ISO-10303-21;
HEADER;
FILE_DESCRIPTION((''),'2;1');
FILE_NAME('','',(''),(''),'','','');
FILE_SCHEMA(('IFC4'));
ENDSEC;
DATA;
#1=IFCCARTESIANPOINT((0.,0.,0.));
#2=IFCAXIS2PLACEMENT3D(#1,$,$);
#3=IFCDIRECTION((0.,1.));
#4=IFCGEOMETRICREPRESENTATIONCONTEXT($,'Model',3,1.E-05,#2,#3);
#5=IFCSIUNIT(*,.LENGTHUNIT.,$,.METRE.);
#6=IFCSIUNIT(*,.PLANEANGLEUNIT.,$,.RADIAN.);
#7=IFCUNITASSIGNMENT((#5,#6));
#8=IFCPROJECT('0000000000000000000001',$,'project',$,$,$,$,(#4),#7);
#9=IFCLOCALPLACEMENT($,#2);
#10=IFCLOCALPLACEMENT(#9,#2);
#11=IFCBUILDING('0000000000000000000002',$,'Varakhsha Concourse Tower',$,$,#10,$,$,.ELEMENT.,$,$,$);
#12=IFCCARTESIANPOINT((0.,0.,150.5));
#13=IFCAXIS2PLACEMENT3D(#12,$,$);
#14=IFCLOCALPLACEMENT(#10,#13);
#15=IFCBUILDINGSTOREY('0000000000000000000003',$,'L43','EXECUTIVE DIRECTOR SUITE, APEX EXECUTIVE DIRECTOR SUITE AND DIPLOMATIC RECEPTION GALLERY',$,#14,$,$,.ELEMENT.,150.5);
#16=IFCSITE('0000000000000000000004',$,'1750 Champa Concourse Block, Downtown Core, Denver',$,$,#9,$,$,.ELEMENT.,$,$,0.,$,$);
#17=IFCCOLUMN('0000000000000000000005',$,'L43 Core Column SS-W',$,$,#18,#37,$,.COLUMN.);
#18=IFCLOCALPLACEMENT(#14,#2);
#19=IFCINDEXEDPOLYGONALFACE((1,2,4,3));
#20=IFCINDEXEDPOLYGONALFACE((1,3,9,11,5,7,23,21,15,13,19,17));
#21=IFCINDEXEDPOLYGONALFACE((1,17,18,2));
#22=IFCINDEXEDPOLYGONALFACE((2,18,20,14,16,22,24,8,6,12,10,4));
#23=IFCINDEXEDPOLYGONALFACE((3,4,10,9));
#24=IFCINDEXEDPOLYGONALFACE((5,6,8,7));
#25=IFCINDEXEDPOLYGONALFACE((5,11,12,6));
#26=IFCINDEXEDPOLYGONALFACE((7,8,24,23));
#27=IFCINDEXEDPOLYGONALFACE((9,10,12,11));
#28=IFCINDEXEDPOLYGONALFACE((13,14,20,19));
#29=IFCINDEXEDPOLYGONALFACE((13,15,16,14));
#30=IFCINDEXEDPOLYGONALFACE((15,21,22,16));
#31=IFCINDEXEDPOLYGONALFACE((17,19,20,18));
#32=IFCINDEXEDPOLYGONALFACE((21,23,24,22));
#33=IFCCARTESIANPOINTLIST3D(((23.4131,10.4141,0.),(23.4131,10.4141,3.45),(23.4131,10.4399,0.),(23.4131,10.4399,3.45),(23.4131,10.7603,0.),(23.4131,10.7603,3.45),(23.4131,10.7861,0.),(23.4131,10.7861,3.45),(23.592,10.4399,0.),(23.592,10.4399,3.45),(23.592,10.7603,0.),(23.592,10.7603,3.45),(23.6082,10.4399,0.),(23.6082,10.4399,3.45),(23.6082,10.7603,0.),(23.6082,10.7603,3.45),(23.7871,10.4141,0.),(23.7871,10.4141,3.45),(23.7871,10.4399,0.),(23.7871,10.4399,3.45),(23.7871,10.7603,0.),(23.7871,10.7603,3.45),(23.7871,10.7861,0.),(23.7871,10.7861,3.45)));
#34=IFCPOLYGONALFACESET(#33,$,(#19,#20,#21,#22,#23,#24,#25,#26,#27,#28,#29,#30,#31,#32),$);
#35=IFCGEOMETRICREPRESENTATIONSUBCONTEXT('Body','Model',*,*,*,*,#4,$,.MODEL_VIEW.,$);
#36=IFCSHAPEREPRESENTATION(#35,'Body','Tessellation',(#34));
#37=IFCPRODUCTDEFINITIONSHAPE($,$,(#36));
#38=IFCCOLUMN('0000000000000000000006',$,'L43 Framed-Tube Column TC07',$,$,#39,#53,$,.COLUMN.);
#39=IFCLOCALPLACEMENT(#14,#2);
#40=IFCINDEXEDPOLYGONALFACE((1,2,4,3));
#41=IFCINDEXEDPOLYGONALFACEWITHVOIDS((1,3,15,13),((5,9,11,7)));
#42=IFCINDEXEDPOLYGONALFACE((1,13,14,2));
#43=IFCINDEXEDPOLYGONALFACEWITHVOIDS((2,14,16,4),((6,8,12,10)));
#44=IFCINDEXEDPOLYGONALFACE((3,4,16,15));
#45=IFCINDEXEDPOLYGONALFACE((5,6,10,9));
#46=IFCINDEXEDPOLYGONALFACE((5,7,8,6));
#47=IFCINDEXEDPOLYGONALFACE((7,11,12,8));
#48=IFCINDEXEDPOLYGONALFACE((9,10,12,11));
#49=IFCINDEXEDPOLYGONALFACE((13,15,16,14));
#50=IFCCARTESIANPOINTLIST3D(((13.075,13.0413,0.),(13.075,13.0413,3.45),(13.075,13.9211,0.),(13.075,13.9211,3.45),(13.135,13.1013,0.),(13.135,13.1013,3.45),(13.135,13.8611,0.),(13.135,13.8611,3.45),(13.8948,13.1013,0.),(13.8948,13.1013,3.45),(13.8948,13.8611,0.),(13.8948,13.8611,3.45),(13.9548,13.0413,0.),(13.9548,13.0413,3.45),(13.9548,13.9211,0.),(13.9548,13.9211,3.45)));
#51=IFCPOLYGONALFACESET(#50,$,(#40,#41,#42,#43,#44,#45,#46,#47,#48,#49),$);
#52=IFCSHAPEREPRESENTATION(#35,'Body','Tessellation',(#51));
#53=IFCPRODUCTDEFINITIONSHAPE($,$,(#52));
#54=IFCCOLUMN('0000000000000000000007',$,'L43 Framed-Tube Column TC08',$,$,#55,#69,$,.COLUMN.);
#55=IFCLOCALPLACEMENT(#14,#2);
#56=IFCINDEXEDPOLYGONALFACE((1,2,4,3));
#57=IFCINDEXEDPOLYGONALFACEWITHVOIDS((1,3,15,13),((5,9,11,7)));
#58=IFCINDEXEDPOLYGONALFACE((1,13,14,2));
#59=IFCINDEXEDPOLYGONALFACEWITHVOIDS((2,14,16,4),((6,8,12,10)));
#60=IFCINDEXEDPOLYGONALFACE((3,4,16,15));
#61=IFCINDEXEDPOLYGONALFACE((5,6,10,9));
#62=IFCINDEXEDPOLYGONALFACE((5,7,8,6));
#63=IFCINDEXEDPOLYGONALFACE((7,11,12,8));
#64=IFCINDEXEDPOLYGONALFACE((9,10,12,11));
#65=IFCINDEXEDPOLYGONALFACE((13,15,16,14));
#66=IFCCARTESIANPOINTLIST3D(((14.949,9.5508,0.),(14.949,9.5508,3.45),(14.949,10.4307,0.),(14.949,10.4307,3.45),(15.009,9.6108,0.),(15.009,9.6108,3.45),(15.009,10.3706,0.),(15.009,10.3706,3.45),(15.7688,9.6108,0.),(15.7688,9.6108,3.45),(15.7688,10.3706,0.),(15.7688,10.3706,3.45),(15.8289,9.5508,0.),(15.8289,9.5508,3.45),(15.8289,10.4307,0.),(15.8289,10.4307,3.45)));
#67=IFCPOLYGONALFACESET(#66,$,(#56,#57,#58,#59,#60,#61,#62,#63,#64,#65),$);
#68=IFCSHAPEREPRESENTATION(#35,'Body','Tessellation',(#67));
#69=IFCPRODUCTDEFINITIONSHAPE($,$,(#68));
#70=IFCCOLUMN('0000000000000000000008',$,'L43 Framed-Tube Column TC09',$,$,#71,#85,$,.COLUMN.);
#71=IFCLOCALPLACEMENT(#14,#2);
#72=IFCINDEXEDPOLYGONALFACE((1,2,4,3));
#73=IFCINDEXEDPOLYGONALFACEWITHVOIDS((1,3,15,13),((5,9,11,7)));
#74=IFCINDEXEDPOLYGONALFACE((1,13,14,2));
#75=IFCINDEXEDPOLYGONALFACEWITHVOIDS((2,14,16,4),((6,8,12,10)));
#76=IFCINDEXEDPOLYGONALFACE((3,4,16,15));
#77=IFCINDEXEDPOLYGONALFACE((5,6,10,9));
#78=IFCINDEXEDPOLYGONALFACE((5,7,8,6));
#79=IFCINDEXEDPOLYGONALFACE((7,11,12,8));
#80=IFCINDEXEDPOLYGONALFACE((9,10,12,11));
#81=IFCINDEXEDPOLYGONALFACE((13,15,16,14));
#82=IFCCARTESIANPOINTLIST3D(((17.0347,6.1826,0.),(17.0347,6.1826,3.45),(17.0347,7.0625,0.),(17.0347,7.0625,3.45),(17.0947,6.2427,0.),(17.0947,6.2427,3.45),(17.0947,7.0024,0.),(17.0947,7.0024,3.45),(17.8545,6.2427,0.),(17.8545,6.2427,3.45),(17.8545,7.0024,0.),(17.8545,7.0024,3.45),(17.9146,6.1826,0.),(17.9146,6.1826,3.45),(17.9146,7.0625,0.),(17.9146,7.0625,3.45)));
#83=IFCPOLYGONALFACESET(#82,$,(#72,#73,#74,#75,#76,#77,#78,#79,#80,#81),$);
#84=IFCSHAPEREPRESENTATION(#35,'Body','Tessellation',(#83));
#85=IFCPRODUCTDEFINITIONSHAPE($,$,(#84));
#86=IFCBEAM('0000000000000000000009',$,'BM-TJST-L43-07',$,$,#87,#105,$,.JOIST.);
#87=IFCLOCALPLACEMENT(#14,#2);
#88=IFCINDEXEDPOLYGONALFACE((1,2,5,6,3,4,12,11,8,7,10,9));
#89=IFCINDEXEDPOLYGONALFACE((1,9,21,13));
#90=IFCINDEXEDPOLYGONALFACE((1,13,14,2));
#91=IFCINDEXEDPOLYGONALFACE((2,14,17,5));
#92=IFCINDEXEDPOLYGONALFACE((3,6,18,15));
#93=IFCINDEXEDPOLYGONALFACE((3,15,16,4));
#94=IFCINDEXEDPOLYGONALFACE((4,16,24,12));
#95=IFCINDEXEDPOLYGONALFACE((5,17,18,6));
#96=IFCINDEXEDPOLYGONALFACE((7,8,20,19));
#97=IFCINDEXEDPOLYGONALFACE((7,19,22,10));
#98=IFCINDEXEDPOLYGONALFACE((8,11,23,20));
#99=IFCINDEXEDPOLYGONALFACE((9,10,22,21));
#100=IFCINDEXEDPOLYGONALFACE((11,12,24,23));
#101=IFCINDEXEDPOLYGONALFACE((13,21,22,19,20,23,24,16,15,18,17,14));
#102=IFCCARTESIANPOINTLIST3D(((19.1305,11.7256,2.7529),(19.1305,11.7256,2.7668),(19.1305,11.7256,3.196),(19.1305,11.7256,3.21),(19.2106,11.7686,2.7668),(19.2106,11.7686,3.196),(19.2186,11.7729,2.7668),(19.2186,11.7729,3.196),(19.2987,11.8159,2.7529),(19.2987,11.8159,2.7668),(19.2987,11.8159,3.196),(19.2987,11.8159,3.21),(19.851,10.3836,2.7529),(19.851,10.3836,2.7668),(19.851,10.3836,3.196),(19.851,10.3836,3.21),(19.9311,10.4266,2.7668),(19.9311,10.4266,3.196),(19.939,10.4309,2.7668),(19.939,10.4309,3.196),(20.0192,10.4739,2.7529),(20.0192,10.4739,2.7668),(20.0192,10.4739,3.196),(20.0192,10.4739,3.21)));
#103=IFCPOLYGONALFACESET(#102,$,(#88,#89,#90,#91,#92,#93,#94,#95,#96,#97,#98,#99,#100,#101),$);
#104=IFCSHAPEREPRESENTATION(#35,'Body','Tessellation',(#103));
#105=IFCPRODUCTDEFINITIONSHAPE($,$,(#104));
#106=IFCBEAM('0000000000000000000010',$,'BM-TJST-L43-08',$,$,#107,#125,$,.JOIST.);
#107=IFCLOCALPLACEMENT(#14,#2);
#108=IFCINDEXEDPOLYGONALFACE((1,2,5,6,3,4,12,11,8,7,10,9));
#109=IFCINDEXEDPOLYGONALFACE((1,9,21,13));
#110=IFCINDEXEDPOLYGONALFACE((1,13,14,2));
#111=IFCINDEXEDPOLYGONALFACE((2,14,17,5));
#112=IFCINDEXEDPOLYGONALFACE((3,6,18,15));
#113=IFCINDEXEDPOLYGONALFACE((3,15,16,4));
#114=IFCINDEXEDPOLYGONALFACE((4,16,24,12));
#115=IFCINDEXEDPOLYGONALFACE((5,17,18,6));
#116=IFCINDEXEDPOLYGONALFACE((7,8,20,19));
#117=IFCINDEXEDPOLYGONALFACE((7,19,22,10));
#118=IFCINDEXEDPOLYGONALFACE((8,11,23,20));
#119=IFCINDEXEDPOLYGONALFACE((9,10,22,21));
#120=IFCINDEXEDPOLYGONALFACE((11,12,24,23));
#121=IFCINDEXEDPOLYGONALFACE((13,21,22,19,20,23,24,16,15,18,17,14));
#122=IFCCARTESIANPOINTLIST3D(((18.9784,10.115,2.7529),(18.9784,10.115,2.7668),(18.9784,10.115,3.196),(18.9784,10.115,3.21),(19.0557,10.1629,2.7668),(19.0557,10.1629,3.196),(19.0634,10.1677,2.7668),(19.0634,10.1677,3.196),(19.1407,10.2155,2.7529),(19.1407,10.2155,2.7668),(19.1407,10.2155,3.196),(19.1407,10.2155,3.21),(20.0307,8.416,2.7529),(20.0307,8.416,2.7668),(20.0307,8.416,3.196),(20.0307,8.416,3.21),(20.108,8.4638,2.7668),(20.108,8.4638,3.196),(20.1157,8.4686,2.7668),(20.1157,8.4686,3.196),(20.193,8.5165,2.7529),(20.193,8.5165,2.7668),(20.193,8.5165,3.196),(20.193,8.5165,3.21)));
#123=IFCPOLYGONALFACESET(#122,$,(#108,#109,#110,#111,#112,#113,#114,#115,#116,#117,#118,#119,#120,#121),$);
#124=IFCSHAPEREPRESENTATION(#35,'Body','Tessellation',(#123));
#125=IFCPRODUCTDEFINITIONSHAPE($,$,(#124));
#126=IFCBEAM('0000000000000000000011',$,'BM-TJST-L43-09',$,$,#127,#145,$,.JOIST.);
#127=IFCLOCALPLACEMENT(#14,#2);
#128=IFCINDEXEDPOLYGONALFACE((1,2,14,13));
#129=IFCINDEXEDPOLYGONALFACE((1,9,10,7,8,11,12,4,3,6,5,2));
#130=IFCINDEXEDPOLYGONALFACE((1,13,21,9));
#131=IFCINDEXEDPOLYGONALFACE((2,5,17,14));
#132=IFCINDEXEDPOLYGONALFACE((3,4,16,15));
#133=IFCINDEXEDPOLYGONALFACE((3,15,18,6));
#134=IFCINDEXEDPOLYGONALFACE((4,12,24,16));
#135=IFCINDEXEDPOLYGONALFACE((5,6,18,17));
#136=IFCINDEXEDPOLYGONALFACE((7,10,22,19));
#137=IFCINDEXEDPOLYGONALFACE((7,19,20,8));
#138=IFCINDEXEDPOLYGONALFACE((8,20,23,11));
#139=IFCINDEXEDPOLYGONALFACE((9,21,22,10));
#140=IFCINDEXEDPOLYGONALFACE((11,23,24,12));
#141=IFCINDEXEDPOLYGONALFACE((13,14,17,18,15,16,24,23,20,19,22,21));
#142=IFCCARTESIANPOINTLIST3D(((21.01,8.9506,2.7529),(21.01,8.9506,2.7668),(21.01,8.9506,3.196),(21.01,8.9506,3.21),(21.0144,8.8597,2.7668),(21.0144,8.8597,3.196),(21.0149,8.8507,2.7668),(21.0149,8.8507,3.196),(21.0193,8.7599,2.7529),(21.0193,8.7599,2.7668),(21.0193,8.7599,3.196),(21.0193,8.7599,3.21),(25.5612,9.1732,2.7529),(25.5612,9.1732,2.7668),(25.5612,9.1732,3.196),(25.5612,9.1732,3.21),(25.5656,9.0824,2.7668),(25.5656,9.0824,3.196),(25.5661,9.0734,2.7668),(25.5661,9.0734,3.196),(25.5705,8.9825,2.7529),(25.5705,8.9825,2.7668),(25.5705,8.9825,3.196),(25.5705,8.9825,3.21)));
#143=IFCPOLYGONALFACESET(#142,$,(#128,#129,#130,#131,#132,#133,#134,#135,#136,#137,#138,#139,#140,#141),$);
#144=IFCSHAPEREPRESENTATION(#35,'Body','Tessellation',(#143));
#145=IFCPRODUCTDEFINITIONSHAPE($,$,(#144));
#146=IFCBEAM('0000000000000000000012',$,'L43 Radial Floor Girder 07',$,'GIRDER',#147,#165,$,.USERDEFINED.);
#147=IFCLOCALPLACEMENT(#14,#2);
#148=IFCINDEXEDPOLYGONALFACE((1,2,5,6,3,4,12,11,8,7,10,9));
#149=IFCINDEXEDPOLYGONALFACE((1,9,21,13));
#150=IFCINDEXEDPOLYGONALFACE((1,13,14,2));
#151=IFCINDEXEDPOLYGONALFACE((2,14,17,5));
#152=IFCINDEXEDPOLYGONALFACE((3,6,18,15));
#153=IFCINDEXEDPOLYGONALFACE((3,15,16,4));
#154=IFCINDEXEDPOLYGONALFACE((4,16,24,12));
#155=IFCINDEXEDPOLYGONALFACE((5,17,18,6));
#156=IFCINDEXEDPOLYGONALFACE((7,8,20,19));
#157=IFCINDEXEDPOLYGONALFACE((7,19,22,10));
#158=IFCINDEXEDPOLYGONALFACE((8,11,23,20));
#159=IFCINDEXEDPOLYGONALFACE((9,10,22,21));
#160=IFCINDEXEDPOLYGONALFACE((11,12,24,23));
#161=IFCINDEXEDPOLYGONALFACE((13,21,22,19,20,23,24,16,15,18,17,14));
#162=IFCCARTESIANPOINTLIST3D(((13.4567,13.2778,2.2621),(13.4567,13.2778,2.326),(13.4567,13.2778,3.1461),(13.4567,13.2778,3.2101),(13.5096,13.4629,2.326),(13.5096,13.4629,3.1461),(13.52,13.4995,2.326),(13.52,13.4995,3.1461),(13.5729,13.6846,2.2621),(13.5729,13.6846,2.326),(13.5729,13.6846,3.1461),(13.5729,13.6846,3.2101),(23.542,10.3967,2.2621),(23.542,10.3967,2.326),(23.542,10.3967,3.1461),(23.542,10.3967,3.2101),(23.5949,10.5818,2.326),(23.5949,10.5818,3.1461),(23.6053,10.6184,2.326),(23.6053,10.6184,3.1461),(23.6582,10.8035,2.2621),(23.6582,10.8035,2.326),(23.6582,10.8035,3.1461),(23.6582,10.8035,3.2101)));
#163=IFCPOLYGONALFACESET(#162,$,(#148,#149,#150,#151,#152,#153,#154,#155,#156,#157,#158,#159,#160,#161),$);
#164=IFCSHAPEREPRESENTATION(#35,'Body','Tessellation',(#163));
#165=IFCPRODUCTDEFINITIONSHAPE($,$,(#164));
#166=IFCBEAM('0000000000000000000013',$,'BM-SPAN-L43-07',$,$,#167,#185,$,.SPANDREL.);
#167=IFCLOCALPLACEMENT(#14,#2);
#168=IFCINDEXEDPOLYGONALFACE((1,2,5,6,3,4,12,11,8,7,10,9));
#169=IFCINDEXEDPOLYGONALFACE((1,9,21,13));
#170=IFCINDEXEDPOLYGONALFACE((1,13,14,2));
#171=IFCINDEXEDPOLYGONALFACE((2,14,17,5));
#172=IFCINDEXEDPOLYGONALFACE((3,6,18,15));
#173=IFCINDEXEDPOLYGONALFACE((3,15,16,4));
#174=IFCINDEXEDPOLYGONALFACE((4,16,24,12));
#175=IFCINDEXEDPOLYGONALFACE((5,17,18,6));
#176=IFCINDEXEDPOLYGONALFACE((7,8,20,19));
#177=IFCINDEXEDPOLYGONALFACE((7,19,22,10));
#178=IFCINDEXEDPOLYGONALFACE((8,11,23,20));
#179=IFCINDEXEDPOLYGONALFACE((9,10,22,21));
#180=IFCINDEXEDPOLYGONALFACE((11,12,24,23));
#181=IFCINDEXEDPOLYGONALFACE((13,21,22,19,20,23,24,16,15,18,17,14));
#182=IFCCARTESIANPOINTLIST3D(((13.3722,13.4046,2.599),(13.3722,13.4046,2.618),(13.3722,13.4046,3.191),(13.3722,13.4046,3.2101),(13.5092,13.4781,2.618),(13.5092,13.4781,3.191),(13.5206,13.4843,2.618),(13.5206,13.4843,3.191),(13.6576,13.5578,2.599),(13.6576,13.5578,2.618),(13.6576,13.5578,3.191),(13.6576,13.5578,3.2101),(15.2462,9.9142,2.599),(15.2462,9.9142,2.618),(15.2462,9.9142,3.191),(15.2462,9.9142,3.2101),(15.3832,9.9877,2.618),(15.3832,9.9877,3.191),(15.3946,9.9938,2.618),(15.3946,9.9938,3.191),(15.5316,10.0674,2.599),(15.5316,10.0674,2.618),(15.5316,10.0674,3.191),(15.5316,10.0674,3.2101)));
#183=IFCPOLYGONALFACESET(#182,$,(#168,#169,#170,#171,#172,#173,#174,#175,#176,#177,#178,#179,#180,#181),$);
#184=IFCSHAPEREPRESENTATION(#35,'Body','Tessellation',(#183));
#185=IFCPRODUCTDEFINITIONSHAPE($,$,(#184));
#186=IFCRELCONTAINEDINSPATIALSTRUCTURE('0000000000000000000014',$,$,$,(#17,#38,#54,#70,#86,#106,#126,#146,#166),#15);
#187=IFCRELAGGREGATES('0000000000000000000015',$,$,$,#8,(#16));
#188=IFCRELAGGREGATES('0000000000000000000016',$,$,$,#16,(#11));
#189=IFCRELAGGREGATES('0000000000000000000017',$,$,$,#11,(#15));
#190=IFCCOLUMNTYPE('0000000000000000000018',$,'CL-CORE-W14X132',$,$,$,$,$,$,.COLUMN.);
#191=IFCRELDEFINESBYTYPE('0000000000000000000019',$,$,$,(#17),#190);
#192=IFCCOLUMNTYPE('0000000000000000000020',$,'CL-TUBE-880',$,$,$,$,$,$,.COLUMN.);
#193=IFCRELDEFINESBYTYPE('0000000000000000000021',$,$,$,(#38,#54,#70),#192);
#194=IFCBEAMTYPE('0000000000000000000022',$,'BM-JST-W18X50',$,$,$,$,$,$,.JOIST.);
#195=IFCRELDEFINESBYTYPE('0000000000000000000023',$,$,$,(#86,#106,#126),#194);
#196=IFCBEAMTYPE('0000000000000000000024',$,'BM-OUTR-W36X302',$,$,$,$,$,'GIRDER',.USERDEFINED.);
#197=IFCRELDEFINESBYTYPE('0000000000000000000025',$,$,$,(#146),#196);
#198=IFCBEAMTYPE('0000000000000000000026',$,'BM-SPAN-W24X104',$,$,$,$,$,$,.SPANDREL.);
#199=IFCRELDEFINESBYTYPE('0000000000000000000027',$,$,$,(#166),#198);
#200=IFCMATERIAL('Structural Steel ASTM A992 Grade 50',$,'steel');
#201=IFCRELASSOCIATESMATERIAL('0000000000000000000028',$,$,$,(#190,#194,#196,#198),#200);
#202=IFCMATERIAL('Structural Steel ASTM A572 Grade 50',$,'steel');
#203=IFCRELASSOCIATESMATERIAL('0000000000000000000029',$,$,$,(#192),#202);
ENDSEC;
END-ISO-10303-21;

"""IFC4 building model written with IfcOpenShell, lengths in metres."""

from ifc_helpers import new_model, si_unit, direction, frame, origin, origin_2d, place, context, subcontext, project, spatial, hollow_rectangle, i_section, extrude, material, material_profile, profile_set, type_object, element, save


model = new_model("IFC4")

# Units and contexts
model_context = context("Model", 3, precision=1e-05, world=origin(), true_north=direction((0.0, 1.0)))
body_context = subcontext(model_context, "Body", "Model", "MODEL_VIEW")
ifc_project = project(units=[si_unit("LENGTHUNIT", "METRE"), si_unit("PLANEANGLEUNIT", "RADIAN")], contexts=[model_context])

# Site, building, storey
site_placement = place(None, origin())
site = spatial("IfcSite", under=ifc_project, at=site_placement, Name="1750 Champa Concourse Block, Downtown Core, Denver", CompositionType="ELEMENT", RefElevation=0.0)
building_placement = place(site_placement, origin())
building = spatial("IfcBuilding", under=site, at=building_placement, Name="Varakhsha Concourse Tower", CompositionType="ELEMENT")
storey_placement = place(building_placement, frame((0.0, 0.0, 150.5)))
storey = spatial("IfcBuildingStorey", under=building, at=storey_placement, Name="L43", Description="EXECUTIVE DIRECTOR SUITE, APEX EXECUTIVE DIRECTOR SUITE AND DIPLOMATIC RECEPTION GALLERY", CompositionType="ELEMENT", Elevation=150.5)

# Columns
ifc_material_1 = material(Name="Structural Steel ASTM A992 Grade 50", Category="steel")
ifc_material_profile_1 = material_profile(ifc_material_1, i_section(OverallWidth=0.374, OverallDepth=0.3721, WebThickness=0.0161, FlangeThickness=0.0259, at=origin_2d()), Name="W14X132")
ifc_profile_set_1 = profile_set([ifc_material_profile_1], Name="Structural Steel ASTM A992 Grade 50")
column_type_1 = type_object("IfcColumnType", Name="CL-CORE-W14X132", PredefinedType="COLUMN", material=ifc_profile_set_1)
column_placement = place(storey_placement, frame((23.6001, 10.6001, 0.0), z_axis=(0.0, 0.0, 1.0), x_axis=(1.0, 0.0, 0.0)))
element("IfcColumn", 1, at=column_placement, inside=storey, type_object=column_type_1, Name="L43 Core Column SS-W", PredefinedType="COLUMN", context=body_context, shape_type="SweptSolid", body=[
    extrude(i_section(OverallWidth=0.374, OverallDepth=0.3721, WebThickness=0.0161, FlangeThickness=0.0259, at=origin_2d()), origin(), (0.0, 0.0, 1.0), 3.45),
])
ifc_material_2 = material(Name="Structural Steel ASTM A572 Grade 50", Category="steel")
ifc_material_profile_2 = material_profile(ifc_material_2, hollow_rectangle(XDim=0.8799, YDim=0.8799, WallThickness=0.0601, at=origin_2d()), Name="BOX 880x880x60")
ifc_profile_set_2 = profile_set([ifc_material_profile_2], Name="Structural Steel ASTM A572 Grade 50")
column_type_2 = type_object("IfcColumnType", Name="CL-TUBE-880", PredefinedType="COLUMN", material=ifc_profile_set_2)
for number, where, z_axis, x_axis, name in (
    (2, (13.5149, 13.4812, 0.0), (0.0, 0.0, 1.0), (1.0, 0.0, 0.0), "L43 Framed-Tube Column TC07"),
    (3, (15.3889, 9.9907, 0.0), (0.0, 0.0, 1.0), (1.0, 0.0, 0.0), "L43 Framed-Tube Column TC08"),
    (4, (17.4746, 6.6226, 0.0), (0.0, 0.0, 1.0), (1.0, 0.0, 0.0), "L43 Framed-Tube Column TC09"),
):
    element("IfcColumn", number, at=place(storey_placement, frame(where, z_axis=z_axis, x_axis=x_axis)), inside=storey, type_object=column_type_2, Name=name, PredefinedType="COLUMN", context=body_context, shape_type="SweptSolid", body=[
        extrude(hollow_rectangle(XDim=0.8799, YDim=0.8799, WallThickness=0.0601, at=origin_2d()), origin(), (0.0, 0.0, 1.0), 3.45),
    ])

# Beams
ifc_material_profile_3 = material_profile(ifc_material_1, i_section(OverallWidth=0.1909, OverallDepth=0.457, WebThickness=0.009, FlangeThickness=0.0139, at=origin_2d()), Name="W18X50")
ifc_profile_set_3 = profile_set([ifc_material_profile_3], Name="Structural Steel ASTM A992 Grade 50")
beam_type_1 = type_object("IfcBeamType", Name="BM-JST-W18X50", PredefinedType="JOIST", material=ifc_profile_set_3)
beam_1_placement = place(storey_placement, frame((19.2146, 11.7708, 2.9814), z_axis=(0.472991, -0.881067, 0.0), x_axis=(0.881067, 0.472991, 0.0)))
element("IfcBeam", 5, at=beam_1_placement, inside=storey, type_object=beam_type_1, Name="BM-TJST-L43-07", PredefinedType="JOIST", context=body_context, shape_type="SweptSolid", body=[
    extrude(i_section(OverallWidth=0.1909, OverallDepth=0.457, WebThickness=0.009, FlangeThickness=0.0139, at=origin_2d()), origin(), (0.0, 0.0, 1.0), 1.5232),
])
beam_2_placement = place(storey_placement, frame((19.0596, 10.1653, 2.9814), z_axis=(0.526535, -0.850153, 0.0), x_axis=(0.850153, 0.526535, 0.0)))
element("IfcBeam", 6, at=beam_2_placement, inside=storey, type_object=beam_type_1, Name="BM-TJST-L43-08", PredefinedType="JOIST", context=body_context, shape_type="SweptSolid", body=[
    extrude(i_section(OverallWidth=0.1909, OverallDepth=0.457, WebThickness=0.009, FlangeThickness=0.0139, at=origin_2d()), origin(), (0.0, 0.0, 1.0), 1.9985),
])
beam_3_placement = place(storey_placement, frame((21.0146, 8.8552, 2.9814), z_axis=(0.998805, 0.048863, 0.0), x_axis=(-0.048863, 0.998805, 0.0)))
element("IfcBeam", 7, at=beam_3_placement, inside=storey, type_object=beam_type_1, Name="BM-TJST-L43-09", PredefinedType="JOIST", context=body_context, shape_type="SweptSolid", body=[
    extrude(i_section(OverallWidth=0.1909, OverallDepth=0.457, WebThickness=0.009, FlangeThickness=0.0139, at=origin_2d()), origin(), (0.0, 0.0, 1.0), 4.5566),
])
ifc_material_profile_4 = material_profile(ifc_material_1, i_section(OverallWidth=0.4231, OverallDepth=0.948, WebThickness=0.0381, FlangeThickness=0.064, at=origin_2d()), Name="W36X302")
ifc_profile_set_4 = profile_set([ifc_material_profile_4], Name="Structural Steel ASTM A992 Grade 50")
beam_type_2 = type_object("IfcBeamType", Name="BM-OUTR-W36X302", ElementType="GIRDER", PredefinedType="USERDEFINED", material=ifc_profile_set_4)
beam_4_placement = place(storey_placement, frame((23.6001, 10.6001, 2.7361), z_axis=(-0.961534, 0.274687, 0.0), x_axis=(-0.274687, -0.961534, 0.0)))
element("IfcBeam", 8, at=beam_4_placement, inside=storey, type_object=beam_type_2, Name="L43 Radial Floor Girder 07", ObjectType="GIRDER", PredefinedType="USERDEFINED", context=body_context, shape_type="SweptSolid", body=[
    extrude(i_section(OverallWidth=0.4231, OverallDepth=0.948, WebThickness=0.0381, FlangeThickness=0.064, at=origin_2d()), origin(), (0.0, 0.0, 1.0), 10.4888),
])
ifc_material_profile_5 = material_profile(ifc_material_1, i_section(OverallWidth=0.324, OverallDepth=0.6111, WebThickness=0.0129, FlangeThickness=0.019, at=origin_2d()), Name="W24X104")
ifc_profile_set_5 = profile_set([ifc_material_profile_5], Name="Structural Steel ASTM A992 Grade 50")
beam_type_3 = type_object("IfcBeamType", Name="BM-SPAN-W24X104", PredefinedType="SPANDREL", material=ifc_profile_set_5)
for number, where, z_axis, x_axis, name in (
    (9, (13.5149, 13.4812, 2.9045), (0.47303, -0.881046, 0.0), (0.881046, 0.47303, 0.0), "BM-SPAN-L43-07"),
):
    element("IfcBeam", number, at=place(storey_placement, frame(where, z_axis=z_axis, x_axis=x_axis)), inside=storey, type_object=beam_type_3, Name=name, PredefinedType="SPANDREL", context=body_context, shape_type="SweptSolid", body=[
        extrude(i_section(OverallWidth=0.324, OverallDepth=0.6111, WebThickness=0.0129, FlangeThickness=0.019, at=origin_2d()), origin(), (0.0, 0.0, 1.0), 3.9617),
    ])

save(model, "model.ifc")
